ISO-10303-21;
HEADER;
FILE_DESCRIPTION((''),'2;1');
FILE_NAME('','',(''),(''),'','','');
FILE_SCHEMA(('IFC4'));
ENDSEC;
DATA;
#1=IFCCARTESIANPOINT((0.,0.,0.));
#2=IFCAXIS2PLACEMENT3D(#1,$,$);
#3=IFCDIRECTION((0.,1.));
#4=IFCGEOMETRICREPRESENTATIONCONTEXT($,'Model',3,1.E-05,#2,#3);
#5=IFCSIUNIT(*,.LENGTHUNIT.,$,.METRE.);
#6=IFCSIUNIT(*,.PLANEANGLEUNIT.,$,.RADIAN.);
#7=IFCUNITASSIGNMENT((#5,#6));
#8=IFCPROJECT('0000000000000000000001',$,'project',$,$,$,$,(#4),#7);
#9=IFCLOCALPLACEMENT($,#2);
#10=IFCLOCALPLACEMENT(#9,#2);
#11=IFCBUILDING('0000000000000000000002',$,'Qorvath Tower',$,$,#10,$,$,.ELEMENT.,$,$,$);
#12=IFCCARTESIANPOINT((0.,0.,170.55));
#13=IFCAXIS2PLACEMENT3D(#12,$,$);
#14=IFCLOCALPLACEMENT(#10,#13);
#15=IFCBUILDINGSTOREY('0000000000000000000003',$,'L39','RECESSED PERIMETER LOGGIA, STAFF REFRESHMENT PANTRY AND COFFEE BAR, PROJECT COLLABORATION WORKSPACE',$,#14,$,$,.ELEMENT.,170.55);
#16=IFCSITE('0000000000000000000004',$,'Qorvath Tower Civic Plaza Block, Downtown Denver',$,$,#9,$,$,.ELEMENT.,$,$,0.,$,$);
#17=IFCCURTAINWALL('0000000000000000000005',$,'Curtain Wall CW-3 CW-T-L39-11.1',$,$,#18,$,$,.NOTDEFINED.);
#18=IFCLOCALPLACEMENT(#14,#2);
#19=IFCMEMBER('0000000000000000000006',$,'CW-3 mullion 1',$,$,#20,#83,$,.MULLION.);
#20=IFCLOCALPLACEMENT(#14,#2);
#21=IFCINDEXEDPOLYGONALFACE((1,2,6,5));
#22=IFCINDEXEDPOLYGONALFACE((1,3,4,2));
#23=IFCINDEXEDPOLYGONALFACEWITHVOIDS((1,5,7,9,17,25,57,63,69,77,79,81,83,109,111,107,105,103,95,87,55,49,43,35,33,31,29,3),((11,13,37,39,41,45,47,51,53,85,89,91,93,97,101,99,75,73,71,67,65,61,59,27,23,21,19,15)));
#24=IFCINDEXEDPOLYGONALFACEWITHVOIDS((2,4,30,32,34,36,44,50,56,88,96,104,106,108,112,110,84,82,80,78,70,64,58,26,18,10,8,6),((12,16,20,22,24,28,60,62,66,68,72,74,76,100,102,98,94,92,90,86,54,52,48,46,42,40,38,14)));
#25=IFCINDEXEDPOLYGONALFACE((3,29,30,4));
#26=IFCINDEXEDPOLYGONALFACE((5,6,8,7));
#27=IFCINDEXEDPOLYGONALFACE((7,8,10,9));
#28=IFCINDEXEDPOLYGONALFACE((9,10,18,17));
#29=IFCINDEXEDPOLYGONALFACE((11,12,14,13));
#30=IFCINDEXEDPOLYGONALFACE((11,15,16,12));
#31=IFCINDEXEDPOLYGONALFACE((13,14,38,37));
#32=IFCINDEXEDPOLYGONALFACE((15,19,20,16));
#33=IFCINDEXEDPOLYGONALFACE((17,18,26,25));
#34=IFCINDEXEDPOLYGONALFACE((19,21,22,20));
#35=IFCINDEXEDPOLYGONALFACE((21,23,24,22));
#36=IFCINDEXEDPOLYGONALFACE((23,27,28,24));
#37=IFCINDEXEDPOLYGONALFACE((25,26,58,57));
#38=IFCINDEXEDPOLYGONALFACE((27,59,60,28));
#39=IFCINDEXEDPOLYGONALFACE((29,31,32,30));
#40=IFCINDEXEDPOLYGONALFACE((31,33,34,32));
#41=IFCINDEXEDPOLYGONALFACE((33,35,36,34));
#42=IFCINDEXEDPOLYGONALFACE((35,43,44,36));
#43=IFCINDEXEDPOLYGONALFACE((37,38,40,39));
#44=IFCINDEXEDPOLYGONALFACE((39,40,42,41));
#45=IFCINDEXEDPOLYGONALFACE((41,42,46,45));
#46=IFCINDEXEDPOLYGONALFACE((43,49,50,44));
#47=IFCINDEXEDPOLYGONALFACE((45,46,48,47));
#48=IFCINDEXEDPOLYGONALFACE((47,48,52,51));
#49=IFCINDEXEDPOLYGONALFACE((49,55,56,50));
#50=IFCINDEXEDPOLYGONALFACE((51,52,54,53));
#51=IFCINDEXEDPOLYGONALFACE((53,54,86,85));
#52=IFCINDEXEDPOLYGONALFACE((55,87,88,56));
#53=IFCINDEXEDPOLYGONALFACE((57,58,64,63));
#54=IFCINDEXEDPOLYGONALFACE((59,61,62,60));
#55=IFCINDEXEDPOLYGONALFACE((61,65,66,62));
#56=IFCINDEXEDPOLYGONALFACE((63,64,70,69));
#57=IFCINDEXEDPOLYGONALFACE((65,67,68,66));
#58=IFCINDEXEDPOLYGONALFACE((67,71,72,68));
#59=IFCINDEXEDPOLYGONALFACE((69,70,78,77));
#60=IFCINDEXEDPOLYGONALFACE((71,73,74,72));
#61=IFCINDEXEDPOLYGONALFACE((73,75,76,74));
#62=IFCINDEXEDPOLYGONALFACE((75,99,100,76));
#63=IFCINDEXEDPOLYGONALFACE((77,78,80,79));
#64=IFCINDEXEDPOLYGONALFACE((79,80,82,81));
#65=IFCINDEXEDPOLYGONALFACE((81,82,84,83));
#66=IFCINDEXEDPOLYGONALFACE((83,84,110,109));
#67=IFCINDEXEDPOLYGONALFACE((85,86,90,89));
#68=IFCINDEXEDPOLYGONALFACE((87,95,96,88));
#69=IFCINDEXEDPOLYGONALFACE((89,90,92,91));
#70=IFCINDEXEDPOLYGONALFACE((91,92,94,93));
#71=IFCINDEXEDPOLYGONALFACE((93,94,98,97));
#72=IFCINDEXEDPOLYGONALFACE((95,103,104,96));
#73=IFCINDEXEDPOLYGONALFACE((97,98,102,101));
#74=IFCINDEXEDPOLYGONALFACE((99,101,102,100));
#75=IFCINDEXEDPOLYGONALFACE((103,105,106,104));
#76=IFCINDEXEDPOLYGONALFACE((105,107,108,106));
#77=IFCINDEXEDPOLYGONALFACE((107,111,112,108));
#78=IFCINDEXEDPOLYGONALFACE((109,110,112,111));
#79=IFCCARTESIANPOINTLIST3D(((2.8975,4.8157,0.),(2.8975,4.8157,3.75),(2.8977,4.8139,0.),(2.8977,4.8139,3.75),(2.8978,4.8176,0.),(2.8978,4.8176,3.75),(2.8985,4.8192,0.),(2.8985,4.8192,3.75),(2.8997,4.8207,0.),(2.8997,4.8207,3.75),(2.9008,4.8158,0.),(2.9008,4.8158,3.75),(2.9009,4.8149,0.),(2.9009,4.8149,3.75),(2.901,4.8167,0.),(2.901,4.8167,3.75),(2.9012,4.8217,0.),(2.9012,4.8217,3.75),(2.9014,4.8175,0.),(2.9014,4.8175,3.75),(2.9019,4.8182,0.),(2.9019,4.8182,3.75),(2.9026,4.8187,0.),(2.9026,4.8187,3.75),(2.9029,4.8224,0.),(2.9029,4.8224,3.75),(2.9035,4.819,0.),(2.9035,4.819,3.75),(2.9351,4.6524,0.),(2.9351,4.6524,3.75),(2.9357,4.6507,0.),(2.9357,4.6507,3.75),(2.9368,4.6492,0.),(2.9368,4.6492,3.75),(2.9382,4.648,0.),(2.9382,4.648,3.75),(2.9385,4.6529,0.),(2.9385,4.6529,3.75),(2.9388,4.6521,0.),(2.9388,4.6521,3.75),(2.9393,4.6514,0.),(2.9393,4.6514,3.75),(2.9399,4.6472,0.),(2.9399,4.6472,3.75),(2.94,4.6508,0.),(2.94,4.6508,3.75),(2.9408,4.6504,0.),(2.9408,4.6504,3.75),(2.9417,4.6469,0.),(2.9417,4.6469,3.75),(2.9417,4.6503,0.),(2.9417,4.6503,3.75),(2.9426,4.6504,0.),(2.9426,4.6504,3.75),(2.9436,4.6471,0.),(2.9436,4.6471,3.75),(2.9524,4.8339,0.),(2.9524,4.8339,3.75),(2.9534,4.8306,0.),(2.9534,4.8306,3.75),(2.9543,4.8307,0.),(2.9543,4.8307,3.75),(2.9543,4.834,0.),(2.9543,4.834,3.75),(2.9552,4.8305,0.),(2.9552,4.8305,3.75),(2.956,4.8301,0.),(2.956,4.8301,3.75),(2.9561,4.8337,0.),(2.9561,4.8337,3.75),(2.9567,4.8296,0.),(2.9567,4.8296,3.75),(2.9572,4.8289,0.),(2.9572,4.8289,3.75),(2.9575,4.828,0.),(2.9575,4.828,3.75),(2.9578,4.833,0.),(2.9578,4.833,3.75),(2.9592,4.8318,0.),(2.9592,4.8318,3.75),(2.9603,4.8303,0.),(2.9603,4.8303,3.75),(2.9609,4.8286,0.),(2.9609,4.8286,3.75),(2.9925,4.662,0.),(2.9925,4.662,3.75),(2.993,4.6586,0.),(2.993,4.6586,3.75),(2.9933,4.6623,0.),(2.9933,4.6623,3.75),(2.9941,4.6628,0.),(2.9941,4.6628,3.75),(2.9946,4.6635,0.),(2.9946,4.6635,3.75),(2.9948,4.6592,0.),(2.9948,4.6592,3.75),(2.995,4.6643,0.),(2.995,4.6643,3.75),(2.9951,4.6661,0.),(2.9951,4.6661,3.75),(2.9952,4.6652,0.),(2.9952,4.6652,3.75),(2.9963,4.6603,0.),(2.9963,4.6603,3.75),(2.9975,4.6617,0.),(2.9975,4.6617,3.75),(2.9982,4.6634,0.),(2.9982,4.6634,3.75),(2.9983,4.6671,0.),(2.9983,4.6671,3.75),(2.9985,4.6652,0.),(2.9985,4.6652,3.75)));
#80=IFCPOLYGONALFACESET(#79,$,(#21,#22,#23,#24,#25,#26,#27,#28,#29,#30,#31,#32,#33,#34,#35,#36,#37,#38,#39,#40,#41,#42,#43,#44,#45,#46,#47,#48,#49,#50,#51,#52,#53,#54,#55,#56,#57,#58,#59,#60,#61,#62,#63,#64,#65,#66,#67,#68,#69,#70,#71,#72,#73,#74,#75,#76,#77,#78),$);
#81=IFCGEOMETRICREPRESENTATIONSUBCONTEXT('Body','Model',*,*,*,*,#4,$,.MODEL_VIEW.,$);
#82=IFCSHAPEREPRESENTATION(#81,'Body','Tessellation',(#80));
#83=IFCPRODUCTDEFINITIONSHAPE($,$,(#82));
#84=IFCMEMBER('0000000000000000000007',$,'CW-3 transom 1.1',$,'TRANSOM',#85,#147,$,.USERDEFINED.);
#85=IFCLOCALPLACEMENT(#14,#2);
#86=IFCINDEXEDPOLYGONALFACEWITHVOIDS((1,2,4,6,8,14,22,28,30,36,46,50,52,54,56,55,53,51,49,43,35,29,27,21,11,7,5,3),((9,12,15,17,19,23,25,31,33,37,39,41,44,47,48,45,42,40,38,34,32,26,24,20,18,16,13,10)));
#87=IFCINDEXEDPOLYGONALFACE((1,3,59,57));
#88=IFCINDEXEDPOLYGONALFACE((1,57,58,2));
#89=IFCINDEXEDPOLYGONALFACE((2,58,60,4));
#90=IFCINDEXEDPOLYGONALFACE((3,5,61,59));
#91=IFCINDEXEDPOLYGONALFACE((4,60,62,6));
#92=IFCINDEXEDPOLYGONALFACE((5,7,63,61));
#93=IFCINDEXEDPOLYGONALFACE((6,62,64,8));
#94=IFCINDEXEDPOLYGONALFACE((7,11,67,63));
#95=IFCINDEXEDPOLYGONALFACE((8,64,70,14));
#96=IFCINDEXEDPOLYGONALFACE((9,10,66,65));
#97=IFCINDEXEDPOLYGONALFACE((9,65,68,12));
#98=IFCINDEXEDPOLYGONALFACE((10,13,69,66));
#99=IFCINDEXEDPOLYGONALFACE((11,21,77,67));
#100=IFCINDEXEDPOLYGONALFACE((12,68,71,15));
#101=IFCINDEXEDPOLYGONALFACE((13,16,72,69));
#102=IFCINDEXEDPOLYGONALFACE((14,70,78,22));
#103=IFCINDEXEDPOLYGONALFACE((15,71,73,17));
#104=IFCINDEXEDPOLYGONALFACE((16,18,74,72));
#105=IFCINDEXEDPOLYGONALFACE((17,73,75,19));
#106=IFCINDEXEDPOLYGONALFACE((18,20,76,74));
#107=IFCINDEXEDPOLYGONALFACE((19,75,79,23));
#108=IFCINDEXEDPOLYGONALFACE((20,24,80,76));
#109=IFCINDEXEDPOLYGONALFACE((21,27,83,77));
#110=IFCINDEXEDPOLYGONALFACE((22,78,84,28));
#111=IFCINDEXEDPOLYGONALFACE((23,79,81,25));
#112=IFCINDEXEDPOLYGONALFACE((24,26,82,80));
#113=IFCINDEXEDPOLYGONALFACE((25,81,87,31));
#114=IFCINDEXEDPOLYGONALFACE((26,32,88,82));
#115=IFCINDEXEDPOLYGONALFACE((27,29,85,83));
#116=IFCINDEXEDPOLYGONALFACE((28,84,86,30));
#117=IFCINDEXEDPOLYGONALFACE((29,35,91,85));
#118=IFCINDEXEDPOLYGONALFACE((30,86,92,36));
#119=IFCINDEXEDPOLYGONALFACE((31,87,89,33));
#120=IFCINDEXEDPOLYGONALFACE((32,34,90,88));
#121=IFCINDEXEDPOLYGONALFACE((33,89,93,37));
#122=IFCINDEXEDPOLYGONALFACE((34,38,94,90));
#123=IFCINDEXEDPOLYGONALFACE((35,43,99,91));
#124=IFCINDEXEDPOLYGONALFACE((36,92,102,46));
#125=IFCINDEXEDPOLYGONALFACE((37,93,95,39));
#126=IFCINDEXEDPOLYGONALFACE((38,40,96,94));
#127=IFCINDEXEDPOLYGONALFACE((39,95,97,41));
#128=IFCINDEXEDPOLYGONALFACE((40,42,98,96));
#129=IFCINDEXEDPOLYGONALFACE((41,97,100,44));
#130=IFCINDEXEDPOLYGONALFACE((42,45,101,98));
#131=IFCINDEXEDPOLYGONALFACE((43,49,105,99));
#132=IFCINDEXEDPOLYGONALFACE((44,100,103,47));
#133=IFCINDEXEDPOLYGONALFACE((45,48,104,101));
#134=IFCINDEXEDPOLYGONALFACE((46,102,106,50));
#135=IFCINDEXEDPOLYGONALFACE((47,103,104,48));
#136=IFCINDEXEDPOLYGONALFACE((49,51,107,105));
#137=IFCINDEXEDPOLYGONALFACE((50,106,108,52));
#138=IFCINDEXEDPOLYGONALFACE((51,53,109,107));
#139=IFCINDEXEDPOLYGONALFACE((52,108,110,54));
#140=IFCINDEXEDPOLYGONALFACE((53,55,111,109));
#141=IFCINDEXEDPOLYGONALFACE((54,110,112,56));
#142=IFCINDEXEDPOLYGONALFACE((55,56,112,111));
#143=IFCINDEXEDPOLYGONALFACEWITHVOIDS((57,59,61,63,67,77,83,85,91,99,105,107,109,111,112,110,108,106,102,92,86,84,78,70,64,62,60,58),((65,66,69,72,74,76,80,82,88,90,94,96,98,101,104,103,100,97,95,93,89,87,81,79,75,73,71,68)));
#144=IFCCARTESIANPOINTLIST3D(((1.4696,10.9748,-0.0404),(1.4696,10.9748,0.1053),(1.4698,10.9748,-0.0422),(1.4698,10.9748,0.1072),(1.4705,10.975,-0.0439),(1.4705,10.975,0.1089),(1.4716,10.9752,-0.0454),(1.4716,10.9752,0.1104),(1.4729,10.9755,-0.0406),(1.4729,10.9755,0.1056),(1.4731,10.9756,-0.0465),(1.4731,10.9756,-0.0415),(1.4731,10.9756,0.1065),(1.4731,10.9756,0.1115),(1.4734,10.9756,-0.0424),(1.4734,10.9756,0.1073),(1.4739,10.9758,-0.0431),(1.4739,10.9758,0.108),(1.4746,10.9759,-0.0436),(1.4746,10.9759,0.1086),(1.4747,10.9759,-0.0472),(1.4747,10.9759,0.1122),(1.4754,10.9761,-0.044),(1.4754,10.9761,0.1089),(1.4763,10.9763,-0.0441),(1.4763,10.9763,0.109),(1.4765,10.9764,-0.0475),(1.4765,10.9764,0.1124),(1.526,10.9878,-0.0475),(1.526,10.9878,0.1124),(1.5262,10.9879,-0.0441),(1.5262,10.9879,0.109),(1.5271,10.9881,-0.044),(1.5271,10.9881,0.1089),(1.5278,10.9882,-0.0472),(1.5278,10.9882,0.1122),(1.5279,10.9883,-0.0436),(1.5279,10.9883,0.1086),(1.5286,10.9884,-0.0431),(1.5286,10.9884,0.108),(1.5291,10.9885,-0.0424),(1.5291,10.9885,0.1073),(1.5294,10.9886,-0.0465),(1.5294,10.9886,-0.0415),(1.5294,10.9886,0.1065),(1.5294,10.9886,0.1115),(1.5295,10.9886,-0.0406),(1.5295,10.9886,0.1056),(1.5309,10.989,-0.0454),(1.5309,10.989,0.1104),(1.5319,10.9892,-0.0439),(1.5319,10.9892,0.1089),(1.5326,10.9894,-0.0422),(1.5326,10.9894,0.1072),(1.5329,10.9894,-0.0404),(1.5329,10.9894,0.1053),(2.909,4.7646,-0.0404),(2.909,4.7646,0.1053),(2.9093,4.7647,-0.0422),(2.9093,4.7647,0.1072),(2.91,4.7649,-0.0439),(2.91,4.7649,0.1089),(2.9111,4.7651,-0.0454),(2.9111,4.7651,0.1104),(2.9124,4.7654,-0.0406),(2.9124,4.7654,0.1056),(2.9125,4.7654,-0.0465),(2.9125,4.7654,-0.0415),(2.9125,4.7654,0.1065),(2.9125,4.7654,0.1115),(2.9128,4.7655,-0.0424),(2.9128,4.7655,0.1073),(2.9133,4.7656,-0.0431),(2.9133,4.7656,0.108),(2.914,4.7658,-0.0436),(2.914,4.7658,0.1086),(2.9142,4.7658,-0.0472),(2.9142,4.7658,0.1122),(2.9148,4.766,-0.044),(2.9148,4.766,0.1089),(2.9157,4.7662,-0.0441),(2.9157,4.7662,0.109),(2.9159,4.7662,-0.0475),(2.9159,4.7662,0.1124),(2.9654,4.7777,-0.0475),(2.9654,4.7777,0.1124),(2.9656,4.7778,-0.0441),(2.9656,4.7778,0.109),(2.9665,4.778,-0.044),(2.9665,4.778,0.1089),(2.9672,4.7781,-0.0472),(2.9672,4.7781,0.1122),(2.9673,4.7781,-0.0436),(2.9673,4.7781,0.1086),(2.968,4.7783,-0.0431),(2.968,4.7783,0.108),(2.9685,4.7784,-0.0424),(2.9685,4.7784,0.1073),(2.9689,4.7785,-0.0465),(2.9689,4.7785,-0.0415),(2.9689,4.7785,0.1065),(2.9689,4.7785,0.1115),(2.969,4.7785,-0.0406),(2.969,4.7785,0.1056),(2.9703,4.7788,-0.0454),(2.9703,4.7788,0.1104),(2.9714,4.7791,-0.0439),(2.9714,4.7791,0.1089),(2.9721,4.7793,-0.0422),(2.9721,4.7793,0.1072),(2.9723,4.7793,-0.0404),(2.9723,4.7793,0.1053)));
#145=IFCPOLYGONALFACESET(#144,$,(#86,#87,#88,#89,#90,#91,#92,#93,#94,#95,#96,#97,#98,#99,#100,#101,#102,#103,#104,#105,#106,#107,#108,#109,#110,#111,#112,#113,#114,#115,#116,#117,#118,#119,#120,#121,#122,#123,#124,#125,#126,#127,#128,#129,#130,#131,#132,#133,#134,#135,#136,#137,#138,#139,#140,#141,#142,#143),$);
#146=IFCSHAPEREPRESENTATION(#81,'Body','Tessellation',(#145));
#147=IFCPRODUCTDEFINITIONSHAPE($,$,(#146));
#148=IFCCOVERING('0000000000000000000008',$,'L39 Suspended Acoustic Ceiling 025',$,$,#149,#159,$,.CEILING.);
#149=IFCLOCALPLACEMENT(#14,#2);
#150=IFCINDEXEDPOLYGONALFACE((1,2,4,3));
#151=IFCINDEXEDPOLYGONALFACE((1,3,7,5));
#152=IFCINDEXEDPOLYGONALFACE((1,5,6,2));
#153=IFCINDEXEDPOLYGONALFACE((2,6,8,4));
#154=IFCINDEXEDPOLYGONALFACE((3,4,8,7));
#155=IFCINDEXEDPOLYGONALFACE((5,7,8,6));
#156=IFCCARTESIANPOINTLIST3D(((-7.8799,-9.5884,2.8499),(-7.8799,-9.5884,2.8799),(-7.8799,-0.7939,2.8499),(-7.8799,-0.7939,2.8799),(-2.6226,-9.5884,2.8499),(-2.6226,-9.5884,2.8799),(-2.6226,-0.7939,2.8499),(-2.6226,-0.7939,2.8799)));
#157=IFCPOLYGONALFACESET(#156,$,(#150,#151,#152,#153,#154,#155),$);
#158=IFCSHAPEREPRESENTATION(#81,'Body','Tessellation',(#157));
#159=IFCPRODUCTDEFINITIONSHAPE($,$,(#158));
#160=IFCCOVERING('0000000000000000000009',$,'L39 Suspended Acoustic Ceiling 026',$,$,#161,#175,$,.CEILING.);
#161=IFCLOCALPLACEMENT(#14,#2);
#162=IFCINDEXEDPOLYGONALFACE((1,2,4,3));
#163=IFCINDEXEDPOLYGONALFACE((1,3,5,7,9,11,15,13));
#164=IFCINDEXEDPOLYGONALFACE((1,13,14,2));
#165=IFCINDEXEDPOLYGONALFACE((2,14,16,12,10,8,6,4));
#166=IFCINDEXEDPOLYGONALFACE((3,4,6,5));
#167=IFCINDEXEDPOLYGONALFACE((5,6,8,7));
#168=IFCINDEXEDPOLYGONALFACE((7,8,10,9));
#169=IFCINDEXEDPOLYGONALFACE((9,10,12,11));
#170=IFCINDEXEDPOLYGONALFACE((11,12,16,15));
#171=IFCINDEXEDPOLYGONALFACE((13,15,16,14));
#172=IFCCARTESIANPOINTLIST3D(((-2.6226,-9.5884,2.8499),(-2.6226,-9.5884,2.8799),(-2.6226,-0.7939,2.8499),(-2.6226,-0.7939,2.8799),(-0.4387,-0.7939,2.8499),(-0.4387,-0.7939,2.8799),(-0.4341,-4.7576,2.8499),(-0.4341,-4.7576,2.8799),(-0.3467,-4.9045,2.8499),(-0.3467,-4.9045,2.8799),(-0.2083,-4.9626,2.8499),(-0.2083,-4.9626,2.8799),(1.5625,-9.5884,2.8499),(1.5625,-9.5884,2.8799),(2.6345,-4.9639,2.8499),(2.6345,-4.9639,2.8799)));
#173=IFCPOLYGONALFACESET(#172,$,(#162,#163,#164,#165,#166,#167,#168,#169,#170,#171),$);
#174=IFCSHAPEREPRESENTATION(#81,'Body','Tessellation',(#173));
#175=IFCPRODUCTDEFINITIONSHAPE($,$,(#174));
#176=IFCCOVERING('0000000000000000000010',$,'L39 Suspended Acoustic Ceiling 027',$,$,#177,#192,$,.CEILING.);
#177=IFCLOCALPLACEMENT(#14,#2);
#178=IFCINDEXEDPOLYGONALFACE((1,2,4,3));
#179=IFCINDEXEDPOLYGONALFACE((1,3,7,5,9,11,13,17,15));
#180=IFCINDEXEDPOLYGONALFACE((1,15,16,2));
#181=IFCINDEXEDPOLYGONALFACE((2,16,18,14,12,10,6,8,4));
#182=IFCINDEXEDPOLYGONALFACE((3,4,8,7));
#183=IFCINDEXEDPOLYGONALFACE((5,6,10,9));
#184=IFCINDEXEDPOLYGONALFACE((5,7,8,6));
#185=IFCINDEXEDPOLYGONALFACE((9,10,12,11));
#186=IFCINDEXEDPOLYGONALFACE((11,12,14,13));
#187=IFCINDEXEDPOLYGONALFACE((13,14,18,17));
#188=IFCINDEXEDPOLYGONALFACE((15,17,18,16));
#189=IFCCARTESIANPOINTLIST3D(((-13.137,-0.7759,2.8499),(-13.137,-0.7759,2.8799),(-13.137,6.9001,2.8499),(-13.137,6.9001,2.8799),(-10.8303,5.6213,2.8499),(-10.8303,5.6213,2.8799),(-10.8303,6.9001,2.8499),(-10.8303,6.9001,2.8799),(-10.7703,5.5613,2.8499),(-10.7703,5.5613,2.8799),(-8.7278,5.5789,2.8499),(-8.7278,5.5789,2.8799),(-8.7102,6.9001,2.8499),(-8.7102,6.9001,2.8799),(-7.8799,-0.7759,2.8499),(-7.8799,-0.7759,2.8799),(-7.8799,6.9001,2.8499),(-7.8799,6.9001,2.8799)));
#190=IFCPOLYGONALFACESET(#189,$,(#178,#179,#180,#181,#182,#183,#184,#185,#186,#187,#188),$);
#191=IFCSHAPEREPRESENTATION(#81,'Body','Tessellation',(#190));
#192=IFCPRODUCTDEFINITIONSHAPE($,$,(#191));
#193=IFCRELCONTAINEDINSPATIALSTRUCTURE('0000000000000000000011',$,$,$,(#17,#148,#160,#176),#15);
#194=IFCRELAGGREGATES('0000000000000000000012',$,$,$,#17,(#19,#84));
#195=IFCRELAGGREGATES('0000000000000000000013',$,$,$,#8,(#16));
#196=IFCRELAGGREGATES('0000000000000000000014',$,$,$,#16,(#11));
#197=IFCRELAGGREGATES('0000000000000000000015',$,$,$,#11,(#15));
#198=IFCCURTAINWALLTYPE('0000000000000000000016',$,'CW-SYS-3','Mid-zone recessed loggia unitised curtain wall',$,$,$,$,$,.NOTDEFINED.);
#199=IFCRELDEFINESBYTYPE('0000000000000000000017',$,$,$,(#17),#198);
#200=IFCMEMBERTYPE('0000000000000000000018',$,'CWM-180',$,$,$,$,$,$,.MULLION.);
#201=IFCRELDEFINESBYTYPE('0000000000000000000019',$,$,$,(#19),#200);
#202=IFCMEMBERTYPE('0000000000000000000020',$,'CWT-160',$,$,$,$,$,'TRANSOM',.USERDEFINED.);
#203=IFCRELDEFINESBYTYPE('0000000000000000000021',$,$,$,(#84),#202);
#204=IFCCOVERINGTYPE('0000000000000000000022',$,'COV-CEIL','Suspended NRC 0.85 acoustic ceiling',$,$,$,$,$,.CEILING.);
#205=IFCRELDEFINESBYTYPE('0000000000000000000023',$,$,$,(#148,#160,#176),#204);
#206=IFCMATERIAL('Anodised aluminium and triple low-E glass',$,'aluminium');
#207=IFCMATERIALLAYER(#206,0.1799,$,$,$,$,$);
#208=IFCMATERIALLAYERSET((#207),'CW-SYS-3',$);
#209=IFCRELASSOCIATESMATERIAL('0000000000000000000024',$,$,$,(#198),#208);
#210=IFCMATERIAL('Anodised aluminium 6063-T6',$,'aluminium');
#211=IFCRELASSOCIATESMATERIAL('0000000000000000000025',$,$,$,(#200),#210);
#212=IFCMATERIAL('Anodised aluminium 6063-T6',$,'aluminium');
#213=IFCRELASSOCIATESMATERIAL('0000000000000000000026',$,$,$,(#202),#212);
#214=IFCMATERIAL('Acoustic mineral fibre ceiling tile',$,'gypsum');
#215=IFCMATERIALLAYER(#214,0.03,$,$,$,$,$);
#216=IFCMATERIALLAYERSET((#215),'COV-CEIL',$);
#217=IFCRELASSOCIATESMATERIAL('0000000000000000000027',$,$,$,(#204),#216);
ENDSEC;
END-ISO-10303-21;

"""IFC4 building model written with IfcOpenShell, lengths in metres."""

from ifc_helpers import new_model, si_unit, direction, frame, origin, origin_2d, place, context, subcontext, project, spatial, polyline, hollow_rectangle, outline, extrude, material, layer, layer_set, material_profile, profile_set, type_object, element, aggregate, save


model = new_model("IFC4")

# Units and contexts
model_context = context("Model", 3, precision=1e-05, world=origin(), true_north=direction((0.0, 1.0)))
body_context = subcontext(model_context, "Body", "Model", "MODEL_VIEW")
ifc_project = project(units=[si_unit("LENGTHUNIT", "METRE"), si_unit("PLANEANGLEUNIT", "RADIAN")], contexts=[model_context])

# Site, building, storey
site_placement = place(None, origin())
site = spatial("IfcSite", under=ifc_project, at=site_placement, Name="Qorvath Tower Civic Plaza Block, Downtown Denver", CompositionType="ELEMENT", RefElevation=0.0)
building_placement = place(site_placement, origin())
building = spatial("IfcBuilding", under=site, at=building_placement, Name="Qorvath Tower", CompositionType="ELEMENT")
storey_placement = place(building_placement, frame((0.0, 0.0, 170.55)))
storey = spatial("IfcBuildingStorey", under=building, at=storey_placement, Name="L39", Description="RECESSED PERIMETER LOGGIA, STAFF REFRESHMENT PANTRY AND COFFEE BAR, PROJECT COLLABORATION WORKSPACE", CompositionType="ELEMENT", Elevation=170.55)

# Curtain wall, members
ifc_material_1 = material(Name="Anodised aluminium and triple low-E glass", Category="aluminium")
ifc_layer_1 = layer(ifc_material_1, 0.1799)
ifc_layer_set_1 = layer_set([ifc_layer_1], Name="CW-SYS-3")
curtain_wall_type = type_object("IfcCurtainWallType", Name="CW-SYS-3", Description="Mid-zone recessed loggia unitised curtain wall", PredefinedType="NOTDEFINED", material=ifc_layer_set_1)
curtain_wall_placement = place(storey_placement, origin())
curtain_wall = element("IfcCurtainWall", 1, at=curtain_wall_placement, inside=storey, type_object=curtain_wall_type, Name="Curtain Wall CW-3 CW-T-L39-11.1", PredefinedType="NOTDEFINED")
ifc_material_2 = material(Name="Anodised aluminium 6063-T6", Category="aluminium")
ifc_material_profile_1 = material_profile(ifc_material_2, hollow_rectangle(XDim=0.0649, YDim=0.1799, WallThickness=0.0034, InnerFilletRadius=0.0034, OuterFilletRadius=0.0071, at=origin_2d()), Name="CWM 180x65")
ifc_profile_set_1 = profile_set([ifc_material_profile_1], Name="Anodised aluminium 6063-T6")
member_type_1 = type_object("IfcMemberType", Name="CWM-180", PredefinedType="MULLION", material=ifc_profile_set_1)
member_1_placement = place(storey_placement, frame((2.948, 4.7405, 0.0), z_axis=(0.0, 0.0, 1.0), x_axis=(-0.974176, -0.225791, 0.0)))
member_1 = element("IfcMember", 2, at=member_1_placement, type_object=member_type_1, Name="CW-3 mullion 1", PredefinedType="MULLION", context=body_context, shape_type="SweptSolid", body=[
    extrude(hollow_rectangle(XDim=0.0649, YDim=0.1799, WallThickness=0.0034, InnerFilletRadius=0.0034, OuterFilletRadius=0.0071, at=origin_2d()), origin(), (0.0, 0.0, 1.0), 3.75),
])
ifc_material_3 = material(Name="Anodised aluminium 6063-T6", Category="aluminium")
ifc_material_profile_2 = material_profile(ifc_material_3, hollow_rectangle(XDim=0.0649, YDim=0.1599, WallThickness=0.0034, InnerFilletRadius=0.0034, OuterFilletRadius=0.0071, at=origin_2d()), Name="CWT 160x65")
ifc_profile_set_2 = profile_set([ifc_material_profile_2], Name="Anodised aluminium 6063-T6")
member_type_2 = type_object("IfcMemberType", Name="CWT-160", ElementType="TRANSOM", PredefinedType="USERDEFINED", material=ifc_profile_set_2)
member_2_placement = place(storey_placement, frame((2.9407, 4.772, 0.0325), z_axis=(-0.225802, 0.974173, 0.0), x_axis=(-0.974173, -0.225802, 0.0)))
member_2 = element("IfcMember", 3, at=member_2_placement, type_object=member_type_2, Name="CW-3 transom 1.1", ObjectType="TRANSOM", PredefinedType="USERDEFINED", context=body_context, shape_type="SweptSolid", body=[
    extrude(hollow_rectangle(XDim=0.0649, YDim=0.1599, WallThickness=0.0034, InnerFilletRadius=0.0034, OuterFilletRadius=0.0071, at=origin_2d()), origin(), (0.0, 0.0, 1.0), 6.3748),
])
aggregate(curtain_wall, [member_1, member_2])

# Coverings
ifc_material_4 = material(Name="Acoustic mineral fibre ceiling tile", Category="gypsum")
ifc_layer_2 = layer(ifc_material_4, 0.03)
ifc_layer_set_2 = layer_set([ifc_layer_2], Name="COV-CEIL")
covering_type_1 = type_object("IfcCoveringType", Name="COV-CEIL", Description="Suspended NRC 0.85 acoustic ceiling", PredefinedType="CEILING", material=ifc_layer_set_2)
covering_1_placement = place(storey_placement, frame((0.0, 0.0, 2.8499)))
element("IfcCovering", 4, at=covering_1_placement, inside=storey, type_object=covering_type_1, Name="L39 Suspended Acoustic Ceiling 025", PredefinedType="CEILING", context=body_context, shape_type="SweptSolid", body=[
    extrude(outline(polyline([(-2.6226, -9.5884), (-2.6226, -0.7939), (-7.8799, -0.7939), (-7.8799, -9.5884), (-2.6226, -9.5884)])), origin(), (0.0, 0.0, 1.0), 0.03),
])
covering_2_placement = place(storey_placement, frame((0.0, 0.0, 2.8499)))
element("IfcCovering", 5, at=covering_2_placement, inside=storey, type_object=covering_type_1, Name="L39 Suspended Acoustic Ceiling 026", PredefinedType="CEILING", context=body_context, shape_type="SweptSolid", body=[
    extrude(outline(polyline([(-0.3467, -4.9045), (-0.4341, -4.7576), (-0.4387, -0.7939), (-2.6226, -0.7939), (-2.6226, -9.5884), (1.5625, -9.5884), (2.6345, -4.9639), (-0.2083, -4.9626), (-0.3467, -4.9045)])), origin(), (0.0, 0.0, 1.0), 0.03),
])
covering_3_placement = place(storey_placement, frame((0.0, 0.0, 2.8499)))
element("IfcCovering", 6, at=covering_3_placement, inside=storey, type_object=covering_type_1, Name="L39 Suspended Acoustic Ceiling 027", PredefinedType="CEILING", context=body_context, shape_type="SweptSolid", body=[
    extrude(outline(polyline([(-7.8799, -0.7759), (-7.8799, 6.9001), (-8.7102, 6.9001), (-8.7278, 5.5789), (-10.7703, 5.5613), (-10.8303, 5.6213), (-10.8303, 6.9001), (-13.137, 6.9001), (-13.137, -0.7759), (-7.8799, -0.7759)])), origin(), (0.0, 0.0, 1.0), 0.03),
])

save(model, "model.ifc")
